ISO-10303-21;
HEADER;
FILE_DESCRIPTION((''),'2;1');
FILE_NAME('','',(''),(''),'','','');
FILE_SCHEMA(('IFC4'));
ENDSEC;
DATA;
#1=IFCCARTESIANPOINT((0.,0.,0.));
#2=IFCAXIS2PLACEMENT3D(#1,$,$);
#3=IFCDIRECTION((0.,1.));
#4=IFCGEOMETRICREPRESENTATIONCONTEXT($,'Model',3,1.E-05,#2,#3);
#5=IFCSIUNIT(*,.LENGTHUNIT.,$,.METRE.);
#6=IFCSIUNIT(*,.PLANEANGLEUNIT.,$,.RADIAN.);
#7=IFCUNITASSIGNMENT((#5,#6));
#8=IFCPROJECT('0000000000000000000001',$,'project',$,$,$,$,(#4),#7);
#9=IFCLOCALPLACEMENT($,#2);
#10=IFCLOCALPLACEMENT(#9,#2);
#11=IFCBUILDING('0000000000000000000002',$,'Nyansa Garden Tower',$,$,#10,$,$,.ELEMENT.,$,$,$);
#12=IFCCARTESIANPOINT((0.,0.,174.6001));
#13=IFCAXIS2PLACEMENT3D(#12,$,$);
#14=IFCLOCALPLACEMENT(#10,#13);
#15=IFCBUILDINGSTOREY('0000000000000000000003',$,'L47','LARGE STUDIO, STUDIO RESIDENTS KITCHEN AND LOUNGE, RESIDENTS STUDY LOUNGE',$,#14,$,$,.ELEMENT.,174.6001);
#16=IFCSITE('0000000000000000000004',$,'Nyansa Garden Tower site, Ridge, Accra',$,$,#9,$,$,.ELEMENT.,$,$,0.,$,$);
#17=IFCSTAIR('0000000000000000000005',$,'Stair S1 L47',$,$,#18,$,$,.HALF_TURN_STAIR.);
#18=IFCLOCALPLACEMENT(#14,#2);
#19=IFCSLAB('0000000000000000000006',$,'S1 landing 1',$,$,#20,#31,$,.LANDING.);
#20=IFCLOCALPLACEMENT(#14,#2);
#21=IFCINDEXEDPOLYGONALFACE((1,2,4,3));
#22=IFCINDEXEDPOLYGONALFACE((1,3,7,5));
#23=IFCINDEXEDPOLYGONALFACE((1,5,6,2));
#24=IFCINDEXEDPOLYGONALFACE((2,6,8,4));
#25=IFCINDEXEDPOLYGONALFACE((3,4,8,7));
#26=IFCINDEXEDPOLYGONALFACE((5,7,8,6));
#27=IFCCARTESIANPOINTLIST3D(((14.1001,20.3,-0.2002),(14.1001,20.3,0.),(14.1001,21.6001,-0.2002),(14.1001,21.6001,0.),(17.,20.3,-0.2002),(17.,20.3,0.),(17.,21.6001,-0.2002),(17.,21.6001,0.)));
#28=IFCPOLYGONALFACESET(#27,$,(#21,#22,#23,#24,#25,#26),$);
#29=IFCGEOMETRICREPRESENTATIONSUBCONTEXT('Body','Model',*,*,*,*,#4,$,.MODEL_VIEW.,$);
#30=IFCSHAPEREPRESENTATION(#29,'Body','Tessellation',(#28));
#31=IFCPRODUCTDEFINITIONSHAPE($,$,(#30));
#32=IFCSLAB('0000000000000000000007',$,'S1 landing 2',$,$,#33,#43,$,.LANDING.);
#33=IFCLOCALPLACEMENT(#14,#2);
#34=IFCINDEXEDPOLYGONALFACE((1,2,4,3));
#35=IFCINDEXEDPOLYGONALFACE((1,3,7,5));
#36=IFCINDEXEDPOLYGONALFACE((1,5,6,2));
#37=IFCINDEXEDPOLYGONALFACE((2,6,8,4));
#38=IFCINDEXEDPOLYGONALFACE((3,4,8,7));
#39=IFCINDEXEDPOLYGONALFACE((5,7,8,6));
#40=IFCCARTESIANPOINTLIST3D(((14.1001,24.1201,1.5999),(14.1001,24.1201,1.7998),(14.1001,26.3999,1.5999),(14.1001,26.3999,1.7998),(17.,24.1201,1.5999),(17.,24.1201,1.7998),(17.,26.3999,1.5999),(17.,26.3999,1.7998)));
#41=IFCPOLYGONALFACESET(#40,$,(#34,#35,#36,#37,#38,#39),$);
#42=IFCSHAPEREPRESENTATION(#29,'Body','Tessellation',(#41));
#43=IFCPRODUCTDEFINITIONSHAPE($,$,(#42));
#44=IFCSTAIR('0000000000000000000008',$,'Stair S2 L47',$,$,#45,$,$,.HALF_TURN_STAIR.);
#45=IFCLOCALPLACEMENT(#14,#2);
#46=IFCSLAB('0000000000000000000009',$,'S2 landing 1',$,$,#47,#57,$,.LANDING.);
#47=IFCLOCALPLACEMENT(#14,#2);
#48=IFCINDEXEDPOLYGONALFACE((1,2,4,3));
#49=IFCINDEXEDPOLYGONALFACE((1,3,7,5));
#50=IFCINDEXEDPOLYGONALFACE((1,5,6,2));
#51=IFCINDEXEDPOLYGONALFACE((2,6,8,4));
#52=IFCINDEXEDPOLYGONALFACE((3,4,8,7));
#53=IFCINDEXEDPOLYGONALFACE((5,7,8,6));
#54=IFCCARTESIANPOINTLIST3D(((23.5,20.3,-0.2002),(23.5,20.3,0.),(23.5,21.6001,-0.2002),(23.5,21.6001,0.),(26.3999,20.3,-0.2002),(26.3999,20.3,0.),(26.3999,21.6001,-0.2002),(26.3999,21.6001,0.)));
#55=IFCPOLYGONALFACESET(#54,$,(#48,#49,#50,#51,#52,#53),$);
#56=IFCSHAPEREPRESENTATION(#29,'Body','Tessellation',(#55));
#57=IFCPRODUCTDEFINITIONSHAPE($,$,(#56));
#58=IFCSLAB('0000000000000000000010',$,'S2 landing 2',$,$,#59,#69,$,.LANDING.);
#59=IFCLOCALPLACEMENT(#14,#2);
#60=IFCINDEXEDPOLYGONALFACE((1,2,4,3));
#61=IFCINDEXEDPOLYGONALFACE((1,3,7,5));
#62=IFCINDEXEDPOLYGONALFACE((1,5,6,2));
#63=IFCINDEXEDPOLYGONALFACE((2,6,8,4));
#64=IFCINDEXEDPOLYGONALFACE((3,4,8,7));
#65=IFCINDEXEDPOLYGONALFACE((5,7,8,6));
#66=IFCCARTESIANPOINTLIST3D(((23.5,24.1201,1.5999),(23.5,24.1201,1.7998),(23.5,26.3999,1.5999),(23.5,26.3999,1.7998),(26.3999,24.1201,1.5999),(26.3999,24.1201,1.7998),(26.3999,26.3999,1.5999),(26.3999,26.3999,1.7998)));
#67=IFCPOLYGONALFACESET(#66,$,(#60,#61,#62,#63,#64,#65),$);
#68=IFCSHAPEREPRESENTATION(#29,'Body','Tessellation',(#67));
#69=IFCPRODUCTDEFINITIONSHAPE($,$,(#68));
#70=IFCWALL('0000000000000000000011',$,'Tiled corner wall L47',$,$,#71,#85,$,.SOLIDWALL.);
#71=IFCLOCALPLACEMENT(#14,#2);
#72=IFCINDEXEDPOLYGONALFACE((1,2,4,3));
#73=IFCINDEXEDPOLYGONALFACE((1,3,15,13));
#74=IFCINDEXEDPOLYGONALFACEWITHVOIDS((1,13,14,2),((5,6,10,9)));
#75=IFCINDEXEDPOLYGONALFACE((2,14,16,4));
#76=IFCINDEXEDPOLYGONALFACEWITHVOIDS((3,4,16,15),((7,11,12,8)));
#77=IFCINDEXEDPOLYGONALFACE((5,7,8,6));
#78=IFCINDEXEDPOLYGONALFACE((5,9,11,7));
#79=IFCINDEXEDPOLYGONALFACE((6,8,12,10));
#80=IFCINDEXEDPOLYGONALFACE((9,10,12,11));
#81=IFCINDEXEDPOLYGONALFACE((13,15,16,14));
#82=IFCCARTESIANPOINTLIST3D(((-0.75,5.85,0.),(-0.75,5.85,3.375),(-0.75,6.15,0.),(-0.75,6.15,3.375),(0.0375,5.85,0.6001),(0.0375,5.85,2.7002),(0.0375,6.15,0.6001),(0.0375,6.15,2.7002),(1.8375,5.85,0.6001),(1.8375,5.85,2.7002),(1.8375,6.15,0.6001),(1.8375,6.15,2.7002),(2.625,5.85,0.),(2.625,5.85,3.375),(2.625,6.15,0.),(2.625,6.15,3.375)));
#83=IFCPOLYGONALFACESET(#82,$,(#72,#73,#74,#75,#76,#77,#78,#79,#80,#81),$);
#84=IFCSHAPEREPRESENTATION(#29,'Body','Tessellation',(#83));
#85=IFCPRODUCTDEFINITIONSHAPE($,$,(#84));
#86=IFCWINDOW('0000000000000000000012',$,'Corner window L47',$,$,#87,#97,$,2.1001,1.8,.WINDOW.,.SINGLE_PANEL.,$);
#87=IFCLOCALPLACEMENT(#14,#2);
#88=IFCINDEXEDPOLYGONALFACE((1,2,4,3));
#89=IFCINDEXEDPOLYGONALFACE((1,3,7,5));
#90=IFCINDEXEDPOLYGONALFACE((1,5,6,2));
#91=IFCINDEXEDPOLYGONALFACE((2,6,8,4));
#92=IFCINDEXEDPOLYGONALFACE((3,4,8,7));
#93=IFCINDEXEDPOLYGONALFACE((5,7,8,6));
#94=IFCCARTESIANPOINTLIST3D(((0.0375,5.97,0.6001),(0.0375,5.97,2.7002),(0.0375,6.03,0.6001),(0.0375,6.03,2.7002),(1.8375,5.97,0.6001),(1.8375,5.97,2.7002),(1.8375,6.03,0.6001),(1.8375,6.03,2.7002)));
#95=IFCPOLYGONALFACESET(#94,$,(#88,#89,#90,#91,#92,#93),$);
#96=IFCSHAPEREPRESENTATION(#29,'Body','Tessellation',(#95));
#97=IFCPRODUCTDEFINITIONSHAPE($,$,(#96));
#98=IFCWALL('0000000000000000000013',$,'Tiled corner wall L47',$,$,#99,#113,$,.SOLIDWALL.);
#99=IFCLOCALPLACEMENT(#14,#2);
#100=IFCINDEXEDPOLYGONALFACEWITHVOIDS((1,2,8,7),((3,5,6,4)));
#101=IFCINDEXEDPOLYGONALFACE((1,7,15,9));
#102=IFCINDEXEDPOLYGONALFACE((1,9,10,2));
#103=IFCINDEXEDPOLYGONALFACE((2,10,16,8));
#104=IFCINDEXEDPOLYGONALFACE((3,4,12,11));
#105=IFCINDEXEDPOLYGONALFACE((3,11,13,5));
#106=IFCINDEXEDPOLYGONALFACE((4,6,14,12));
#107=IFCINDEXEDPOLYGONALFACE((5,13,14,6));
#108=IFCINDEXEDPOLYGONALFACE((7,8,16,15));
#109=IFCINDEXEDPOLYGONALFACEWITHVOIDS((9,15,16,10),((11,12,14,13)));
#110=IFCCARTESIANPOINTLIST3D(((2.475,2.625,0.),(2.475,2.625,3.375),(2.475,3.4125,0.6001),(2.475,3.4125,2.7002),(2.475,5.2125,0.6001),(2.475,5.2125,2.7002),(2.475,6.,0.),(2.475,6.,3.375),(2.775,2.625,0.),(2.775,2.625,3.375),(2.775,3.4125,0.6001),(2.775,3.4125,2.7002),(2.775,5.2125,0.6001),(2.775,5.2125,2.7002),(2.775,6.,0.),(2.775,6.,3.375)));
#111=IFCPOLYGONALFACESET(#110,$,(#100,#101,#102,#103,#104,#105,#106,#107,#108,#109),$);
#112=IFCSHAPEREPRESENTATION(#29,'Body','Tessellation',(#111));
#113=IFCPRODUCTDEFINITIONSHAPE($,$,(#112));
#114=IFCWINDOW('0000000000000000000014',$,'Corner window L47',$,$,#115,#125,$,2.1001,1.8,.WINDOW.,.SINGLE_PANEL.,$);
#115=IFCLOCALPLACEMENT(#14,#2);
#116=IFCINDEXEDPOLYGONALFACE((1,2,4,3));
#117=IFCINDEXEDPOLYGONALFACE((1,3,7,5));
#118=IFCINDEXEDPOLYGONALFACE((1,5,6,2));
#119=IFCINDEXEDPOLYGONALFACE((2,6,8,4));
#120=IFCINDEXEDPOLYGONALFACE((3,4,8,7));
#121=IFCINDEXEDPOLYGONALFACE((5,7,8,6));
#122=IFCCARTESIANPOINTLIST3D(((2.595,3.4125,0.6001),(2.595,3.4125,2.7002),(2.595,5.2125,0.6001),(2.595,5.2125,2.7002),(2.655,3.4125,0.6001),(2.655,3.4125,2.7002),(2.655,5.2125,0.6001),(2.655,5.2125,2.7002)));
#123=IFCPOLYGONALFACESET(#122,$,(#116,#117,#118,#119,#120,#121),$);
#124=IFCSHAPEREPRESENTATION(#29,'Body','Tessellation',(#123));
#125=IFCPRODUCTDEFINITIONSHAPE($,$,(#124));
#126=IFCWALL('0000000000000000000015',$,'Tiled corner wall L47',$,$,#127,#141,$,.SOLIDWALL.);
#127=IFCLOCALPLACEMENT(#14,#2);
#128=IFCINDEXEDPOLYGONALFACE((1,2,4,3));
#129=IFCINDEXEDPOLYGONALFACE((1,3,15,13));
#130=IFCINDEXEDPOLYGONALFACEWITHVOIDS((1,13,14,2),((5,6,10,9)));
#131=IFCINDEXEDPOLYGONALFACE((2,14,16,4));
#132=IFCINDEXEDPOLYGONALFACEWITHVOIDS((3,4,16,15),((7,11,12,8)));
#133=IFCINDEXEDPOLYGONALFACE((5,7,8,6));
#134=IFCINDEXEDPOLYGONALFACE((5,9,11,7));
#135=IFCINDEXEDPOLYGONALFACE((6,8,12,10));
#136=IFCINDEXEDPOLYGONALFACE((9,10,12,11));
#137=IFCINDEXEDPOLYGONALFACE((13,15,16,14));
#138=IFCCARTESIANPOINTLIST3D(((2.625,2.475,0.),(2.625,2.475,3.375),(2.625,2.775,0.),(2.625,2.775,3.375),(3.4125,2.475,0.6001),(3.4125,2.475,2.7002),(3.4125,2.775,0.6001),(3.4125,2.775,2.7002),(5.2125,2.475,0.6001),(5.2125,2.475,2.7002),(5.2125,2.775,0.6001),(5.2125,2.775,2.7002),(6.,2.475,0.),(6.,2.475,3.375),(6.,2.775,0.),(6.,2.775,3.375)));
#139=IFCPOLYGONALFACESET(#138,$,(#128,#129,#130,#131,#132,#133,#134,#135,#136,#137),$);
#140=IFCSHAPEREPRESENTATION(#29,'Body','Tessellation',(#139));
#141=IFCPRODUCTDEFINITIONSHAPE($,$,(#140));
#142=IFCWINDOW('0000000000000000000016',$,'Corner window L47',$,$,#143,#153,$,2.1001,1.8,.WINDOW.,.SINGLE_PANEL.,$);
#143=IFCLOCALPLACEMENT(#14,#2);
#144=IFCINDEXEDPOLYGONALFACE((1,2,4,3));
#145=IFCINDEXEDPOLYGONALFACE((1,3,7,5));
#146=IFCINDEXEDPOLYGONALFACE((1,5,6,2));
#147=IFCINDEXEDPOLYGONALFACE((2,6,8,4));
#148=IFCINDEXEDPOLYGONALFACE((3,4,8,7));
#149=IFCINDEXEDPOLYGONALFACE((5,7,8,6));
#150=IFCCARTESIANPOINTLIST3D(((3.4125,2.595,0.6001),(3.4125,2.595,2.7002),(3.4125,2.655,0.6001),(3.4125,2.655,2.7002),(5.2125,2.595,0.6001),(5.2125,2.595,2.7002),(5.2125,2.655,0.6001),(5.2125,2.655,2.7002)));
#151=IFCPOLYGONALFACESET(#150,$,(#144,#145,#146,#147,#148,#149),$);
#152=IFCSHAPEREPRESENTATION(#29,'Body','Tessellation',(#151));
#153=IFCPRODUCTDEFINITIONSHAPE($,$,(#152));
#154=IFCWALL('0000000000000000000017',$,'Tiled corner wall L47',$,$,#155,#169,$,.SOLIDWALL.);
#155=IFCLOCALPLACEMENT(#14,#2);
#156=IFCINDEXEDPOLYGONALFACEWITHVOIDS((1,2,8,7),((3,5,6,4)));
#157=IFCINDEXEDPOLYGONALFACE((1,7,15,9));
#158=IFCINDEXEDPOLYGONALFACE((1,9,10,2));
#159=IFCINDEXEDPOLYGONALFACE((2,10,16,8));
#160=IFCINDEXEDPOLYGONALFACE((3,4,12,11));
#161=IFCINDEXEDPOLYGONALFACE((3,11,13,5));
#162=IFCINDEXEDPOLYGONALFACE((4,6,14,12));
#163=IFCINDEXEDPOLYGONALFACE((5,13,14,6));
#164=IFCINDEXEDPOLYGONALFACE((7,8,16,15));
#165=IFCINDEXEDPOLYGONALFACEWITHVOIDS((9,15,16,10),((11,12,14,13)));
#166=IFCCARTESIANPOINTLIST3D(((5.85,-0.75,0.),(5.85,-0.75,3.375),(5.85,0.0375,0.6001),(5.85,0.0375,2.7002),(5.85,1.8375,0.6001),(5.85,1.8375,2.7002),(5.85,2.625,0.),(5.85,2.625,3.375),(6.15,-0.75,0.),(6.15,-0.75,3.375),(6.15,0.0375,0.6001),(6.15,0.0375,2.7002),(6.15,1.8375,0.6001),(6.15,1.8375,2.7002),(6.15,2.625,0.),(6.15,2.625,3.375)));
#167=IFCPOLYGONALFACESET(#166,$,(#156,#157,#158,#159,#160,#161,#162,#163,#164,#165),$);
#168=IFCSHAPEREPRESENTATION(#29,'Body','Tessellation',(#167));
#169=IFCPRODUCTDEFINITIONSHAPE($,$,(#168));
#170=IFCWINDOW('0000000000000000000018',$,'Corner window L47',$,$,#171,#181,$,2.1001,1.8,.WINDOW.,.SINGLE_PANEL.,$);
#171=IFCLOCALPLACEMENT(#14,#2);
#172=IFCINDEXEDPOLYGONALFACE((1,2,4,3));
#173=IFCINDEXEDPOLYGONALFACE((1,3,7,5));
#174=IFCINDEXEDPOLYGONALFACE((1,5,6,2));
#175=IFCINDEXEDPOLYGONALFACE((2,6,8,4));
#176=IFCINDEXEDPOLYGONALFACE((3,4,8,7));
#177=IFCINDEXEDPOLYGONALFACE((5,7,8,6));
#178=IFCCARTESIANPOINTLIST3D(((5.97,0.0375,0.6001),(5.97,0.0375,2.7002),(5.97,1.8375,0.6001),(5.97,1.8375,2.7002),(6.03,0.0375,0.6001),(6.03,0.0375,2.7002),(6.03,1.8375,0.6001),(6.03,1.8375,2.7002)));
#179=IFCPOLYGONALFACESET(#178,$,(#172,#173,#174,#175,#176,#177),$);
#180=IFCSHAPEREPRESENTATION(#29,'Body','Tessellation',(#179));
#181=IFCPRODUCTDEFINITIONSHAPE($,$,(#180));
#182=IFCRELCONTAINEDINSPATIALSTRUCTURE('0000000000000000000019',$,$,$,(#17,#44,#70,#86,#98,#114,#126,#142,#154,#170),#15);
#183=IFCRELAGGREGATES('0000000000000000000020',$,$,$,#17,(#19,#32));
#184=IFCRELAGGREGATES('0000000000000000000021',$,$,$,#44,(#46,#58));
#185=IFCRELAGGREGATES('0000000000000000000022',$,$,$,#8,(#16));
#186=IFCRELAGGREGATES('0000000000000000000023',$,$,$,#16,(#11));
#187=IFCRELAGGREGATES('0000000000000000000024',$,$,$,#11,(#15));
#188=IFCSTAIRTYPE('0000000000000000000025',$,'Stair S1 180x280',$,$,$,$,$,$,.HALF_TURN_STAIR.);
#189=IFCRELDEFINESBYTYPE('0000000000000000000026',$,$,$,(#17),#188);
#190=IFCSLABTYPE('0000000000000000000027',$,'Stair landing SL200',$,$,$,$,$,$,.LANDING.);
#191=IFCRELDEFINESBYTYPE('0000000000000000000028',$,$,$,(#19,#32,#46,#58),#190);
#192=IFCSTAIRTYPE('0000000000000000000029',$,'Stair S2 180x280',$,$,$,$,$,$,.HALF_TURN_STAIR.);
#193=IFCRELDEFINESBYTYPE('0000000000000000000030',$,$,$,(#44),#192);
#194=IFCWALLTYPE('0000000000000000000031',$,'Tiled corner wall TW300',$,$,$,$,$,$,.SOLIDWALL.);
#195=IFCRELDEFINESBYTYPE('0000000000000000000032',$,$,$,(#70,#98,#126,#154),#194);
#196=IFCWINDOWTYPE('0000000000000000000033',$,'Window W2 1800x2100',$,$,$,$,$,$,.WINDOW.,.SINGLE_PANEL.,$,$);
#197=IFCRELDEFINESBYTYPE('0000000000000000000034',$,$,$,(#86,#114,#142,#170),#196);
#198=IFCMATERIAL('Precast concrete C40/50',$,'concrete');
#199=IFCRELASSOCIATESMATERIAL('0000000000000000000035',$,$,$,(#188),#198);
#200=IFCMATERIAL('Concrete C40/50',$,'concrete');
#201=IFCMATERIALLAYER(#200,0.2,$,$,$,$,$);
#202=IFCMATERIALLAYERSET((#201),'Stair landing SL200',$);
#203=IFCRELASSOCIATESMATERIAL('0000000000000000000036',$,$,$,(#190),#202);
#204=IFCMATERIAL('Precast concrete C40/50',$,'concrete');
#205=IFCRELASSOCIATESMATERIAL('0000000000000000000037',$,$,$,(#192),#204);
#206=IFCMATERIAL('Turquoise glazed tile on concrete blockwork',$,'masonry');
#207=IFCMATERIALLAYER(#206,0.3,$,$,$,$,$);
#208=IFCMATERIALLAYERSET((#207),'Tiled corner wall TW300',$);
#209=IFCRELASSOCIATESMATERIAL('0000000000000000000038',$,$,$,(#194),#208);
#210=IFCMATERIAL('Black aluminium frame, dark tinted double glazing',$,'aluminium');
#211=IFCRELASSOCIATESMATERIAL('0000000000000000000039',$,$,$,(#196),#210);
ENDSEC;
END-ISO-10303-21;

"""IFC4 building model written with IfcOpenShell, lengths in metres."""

from ifc_helpers import new_model, si_unit, direction, frame, frame_2d, origin, place, context, subcontext, project, spatial, polyline, rectangle, outline, extrude, material, layer, layer_set, type_object, element, fill, aggregate, save


model = new_model("IFC4")

# Units and contexts
model_context = context("Model", 3, precision=1e-05, world=origin(), true_north=direction((0.0, 1.0)))
body_context = subcontext(model_context, "Body", "Model", "MODEL_VIEW")
ifc_project = project(units=[si_unit("LENGTHUNIT", "METRE"), si_unit("PLANEANGLEUNIT", "RADIAN")], contexts=[model_context])

# Site, building, storey
site_placement = place(None, origin())
site = spatial("IfcSite", under=ifc_project, at=site_placement, Name="Nyansa Garden Tower site, Ridge, Accra", CompositionType="ELEMENT", RefElevation=0.0)
building_placement = place(site_placement, origin())
building = spatial("IfcBuilding", under=site, at=building_placement, Name="Nyansa Garden Tower", CompositionType="ELEMENT")
storey_placement = place(building_placement, frame((0.0, 0.0, 174.6001)))
storey = spatial("IfcBuildingStorey", under=building, at=storey_placement, Name="L47", Description="LARGE STUDIO, STUDIO RESIDENTS KITCHEN AND LOUNGE, RESIDENTS STUDY LOUNGE", CompositionType="ELEMENT", Elevation=174.6001)

# Stairs, slabs
ifc_material_1 = material(Name="Precast concrete C40/50", Category="concrete")
stair_type_1 = type_object("IfcStairType", Name="Stair S1 180x280", PredefinedType="HALF_TURN_STAIR", material=ifc_material_1)
stair_1_placement = place(storey_placement, origin())
stair_1 = element("IfcStair", 1, at=stair_1_placement, inside=storey, type_object=stair_type_1, Name="Stair S1 L47", PredefinedType="HALF_TURN_STAIR")
ifc_material_2 = material(Name="Concrete C40/50", Category="concrete")
ifc_layer_1 = layer(ifc_material_2, 0.2)
ifc_layer_set_1 = layer_set([ifc_layer_1], Name="Stair landing SL200")
slab_type_1 = type_object("IfcSlabType", Name="Stair landing SL200", PredefinedType="LANDING", material=ifc_layer_set_1)
slab_1_placement = place(storey_placement, frame((0.0, 0.0, -0.2002)))
slab_1 = element("IfcSlab", 2, at=slab_1_placement, type_object=slab_type_1, Name="S1 landing 1", PredefinedType="LANDING", context=body_context, shape_type="SweptSolid", body=[
    extrude(outline(polyline([(14.1001, 20.3), (17.0, 20.3), (17.0, 21.6001), (14.1001, 21.6001), (14.1001, 20.3)])), origin(), (0.0, 0.0, 1.0), 0.2002),
])
slab_2_placement = place(storey_placement, frame((0.0, 0.0, 1.5999)))
slab_2 = element("IfcSlab", 3, at=slab_2_placement, type_object=slab_type_1, Name="S1 landing 2", PredefinedType="LANDING", context=body_context, shape_type="SweptSolid", body=[
    extrude(outline(polyline([(14.1001, 24.1201), (17.0, 24.1201), (17.0, 26.3999), (14.1001, 26.3999), (14.1001, 24.1201)])), origin(), (0.0, 0.0, 1.0), 0.2),
])
aggregate(stair_1, [slab_1, slab_2])
ifc_material_3 = material(Name="Precast concrete C40/50", Category="concrete")
stair_type_2 = type_object("IfcStairType", Name="Stair S2 180x280", PredefinedType="HALF_TURN_STAIR", material=ifc_material_3)
stair_2_placement = place(storey_placement, origin())
stair_2 = element("IfcStair", 4, at=stair_2_placement, inside=storey, type_object=stair_type_2, Name="Stair S2 L47", PredefinedType="HALF_TURN_STAIR")
slab_3_placement = place(storey_placement, frame((0.0, 0.0, -0.2002)))
slab_3 = element("IfcSlab", 5, at=slab_3_placement, type_object=slab_type_1, Name="S2 landing 1", PredefinedType="LANDING", context=body_context, shape_type="SweptSolid", body=[
    extrude(outline(polyline([(23.5, 20.3), (26.3999, 20.3), (26.3999, 21.6001), (23.5, 21.6001), (23.5, 20.3)])), origin(), (0.0, 0.0, 1.0), 0.2002),
])
slab_4_placement = place(storey_placement, frame((0.0, 0.0, 1.5999)))
slab_4 = element("IfcSlab", 6, at=slab_4_placement, type_object=slab_type_1, Name="S2 landing 2", PredefinedType="LANDING", context=body_context, shape_type="SweptSolid", body=[
    extrude(outline(polyline([(23.5, 24.1201), (26.3999, 24.1201), (26.3999, 26.3999), (23.5, 26.3999), (23.5, 24.1201)])), origin(), (0.0, 0.0, 1.0), 0.2),
])
aggregate(stair_2, [slab_3, slab_4])

# Walls, openings, windows
ifc_material_4 = material(Name="Turquoise glazed tile on concrete blockwork", Category="masonry")
ifc_layer_2 = layer(ifc_material_4, 0.3)
ifc_layer_set_2 = layer_set([ifc_layer_2], Name="Tiled corner wall TW300")
wall_type = type_object("IfcWallType", Name="Tiled corner wall TW300", PredefinedType="SOLIDWALL", material=ifc_layer_set_2)
wall_1_placement = place(storey_placement, frame((-0.75, 6.0, 0.0), z_axis=(0.0, 0.0, 1.0), x_axis=(1.0, 0.0, 0.0)))
wall_1 = element("IfcWall", 7, at=wall_1_placement, inside=storey, type_object=wall_type, Name="Tiled corner wall L47", PredefinedType="SOLIDWALL", context=body_context, shape_type="SweptSolid", body=[
    extrude(rectangle(XDim=3.375, YDim=0.3, at=frame_2d((1.6875, 0.0))), origin(), (0.0, 0.0, 1.0), 3.375),
])
opening_1_placement = place(wall_1_placement, frame((0.7876, 0.0, 0.6001)))
opening_1 = element("IfcOpeningElement", 8, at=opening_1_placement, cuts=wall_1, PredefinedType="OPENING", context=body_context, shape_type="SweptSolid", body=[
    extrude(rectangle(XDim=1.8, YDim=2.1001, at=frame_2d((0.8999, 1.05))), frame((0.0, 0.1599, 0.0), z_axis=(0.0, -1.0, 0.0), x_axis=(1.0, 0.0, 0.0)), (0.0, 0.0, 1.0), 0.3201),
])
ifc_material_5 = material(Name="Black aluminium frame, dark tinted double glazing", Category="aluminium")
window_type = type_object("IfcWindowType", Name="Window W2 1800x2100", PartitioningType="SINGLE_PANEL", PredefinedType="WINDOW", material=ifc_material_5)
window_1_placement = place(opening_1_placement, origin())
window_1 = element("IfcWindow", 9, at=window_1_placement, inside=storey, type_object=window_type, Name="Corner window L47", OverallHeight=2.1001, OverallWidth=1.8, PartitioningType="SINGLE_PANEL", PredefinedType="WINDOW", context=body_context, shape_type="SweptSolid", body=[
    extrude(rectangle(XDim=1.8, YDim=2.1001, at=frame_2d((0.8999, 1.05))), frame((0.0, 0.03, 0.0), z_axis=(0.0, -1.0, 0.0), x_axis=(1.0, 0.0, 0.0)), (0.0, 0.0, 1.0), 0.0601),
])
fill(opening_1, window_1)
wall_2_placement = place(storey_placement, frame((2.625, 6.0, 0.0), z_axis=(0.0, 0.0, 1.0), x_axis=(0.0, -1.0, 0.0)))
wall_2 = element("IfcWall", 10, at=wall_2_placement, inside=storey, type_object=wall_type, Name="Tiled corner wall L47", PredefinedType="SOLIDWALL", context=body_context, shape_type="SweptSolid", body=[
    extrude(rectangle(XDim=3.375, YDim=0.3, at=frame_2d((1.6875, 0.0))), origin(), (0.0, 0.0, 1.0), 3.375),
])
opening_2_placement = place(wall_2_placement, frame((0.7876, 0.0, 0.6001)))
opening_2 = element("IfcOpeningElement", 11, at=opening_2_placement, cuts=wall_2, PredefinedType="OPENING", context=body_context, shape_type="SweptSolid", body=[
    extrude(rectangle(XDim=1.8, YDim=2.1001, at=frame_2d((0.8999, 1.05))), frame((0.0, 0.1599, 0.0), z_axis=(0.0, -1.0, 0.0), x_axis=(1.0, 0.0, 0.0)), (0.0, 0.0, 1.0), 0.3201),
])
window_2_placement = place(opening_2_placement, origin())
window_2 = element("IfcWindow", 12, at=window_2_placement, inside=storey, type_object=window_type, Name="Corner window L47", OverallHeight=2.1001, OverallWidth=1.8, PartitioningType="SINGLE_PANEL", PredefinedType="WINDOW", context=body_context, shape_type="SweptSolid", body=[
    extrude(rectangle(XDim=1.8, YDim=2.1001, at=frame_2d((0.8999, 1.05))), frame((0.0, 0.03, 0.0), z_axis=(0.0, -1.0, 0.0), x_axis=(1.0, 0.0, 0.0)), (0.0, 0.0, 1.0), 0.0601),
])
fill(opening_2, window_2)
wall_3_placement = place(storey_placement, frame((2.625, 2.625, 0.0), z_axis=(0.0, 0.0, 1.0), x_axis=(1.0, 0.0, 0.0)))
wall_3 = element("IfcWall", 13, at=wall_3_placement, inside=storey, type_object=wall_type, Name="Tiled corner wall L47", PredefinedType="SOLIDWALL", context=body_context, shape_type="SweptSolid", body=[
    extrude(rectangle(XDim=3.375, YDim=0.3, at=frame_2d((1.6875, 0.0))), origin(), (0.0, 0.0, 1.0), 3.375),
])
opening_3_placement = place(wall_3_placement, frame((0.7876, 0.0, 0.6001)))
opening_3 = element("IfcOpeningElement", 14, at=opening_3_placement, cuts=wall_3, PredefinedType="OPENING", context=body_context, shape_type="SweptSolid", body=[
    extrude(rectangle(XDim=1.8, YDim=2.1001, at=frame_2d((0.8999, 1.05))), frame((0.0, 0.1599, 0.0), z_axis=(0.0, -1.0, 0.0), x_axis=(1.0, 0.0, 0.0)), (0.0, 0.0, 1.0), 0.3201),
])
window_3_placement = place(opening_3_placement, origin())
window_3 = element("IfcWindow", 15, at=window_3_placement, inside=storey, type_object=window_type, Name="Corner window L47", OverallHeight=2.1001, OverallWidth=1.8, PartitioningType="SINGLE_PANEL", PredefinedType="WINDOW", context=body_context, shape_type="SweptSolid", body=[
    extrude(rectangle(XDim=1.8, YDim=2.1001, at=frame_2d((0.8999, 1.05))), frame((0.0, 0.03, 0.0), z_axis=(0.0, -1.0, 0.0), x_axis=(1.0, 0.0, 0.0)), (0.0, 0.0, 1.0), 0.0601),
])
fill(opening_3, window_3)
wall_4_placement = place(storey_placement, frame((6.0, 2.625, 0.0), z_axis=(0.0, 0.0, 1.0), x_axis=(0.0, -1.0, 0.0)))
wall_4 = element("IfcWall", 16, at=wall_4_placement, inside=storey, type_object=wall_type, Name="Tiled corner wall L47", PredefinedType="SOLIDWALL", context=body_context, shape_type="SweptSolid", body=[
    extrude(rectangle(XDim=3.375, YDim=0.3, at=frame_2d((1.6875, 0.0))), origin(), (0.0, 0.0, 1.0), 3.375),
])
opening_4_placement = place(wall_4_placement, frame((0.7876, 0.0, 0.6001)))
opening_4 = element("IfcOpeningElement", 17, at=opening_4_placement, cuts=wall_4, PredefinedType="OPENING", context=body_context, shape_type="SweptSolid", body=[
    extrude(rectangle(XDim=1.8, YDim=2.1001, at=frame_2d((0.8999, 1.05))), frame((0.0, 0.1599, 0.0), z_axis=(0.0, -1.0, 0.0), x_axis=(1.0, 0.0, 0.0)), (0.0, 0.0, 1.0), 0.3201),
])
window_4_placement = place(opening_4_placement, origin())
window_4 = element("IfcWindow", 18, at=window_4_placement, inside=storey, type_object=window_type, Name="Corner window L47", OverallHeight=2.1001, OverallWidth=1.8, PartitioningType="SINGLE_PANEL", PredefinedType="WINDOW", context=body_context, shape_type="SweptSolid", body=[
    extrude(rectangle(XDim=1.8, YDim=2.1001, at=frame_2d((0.8999, 1.05))), frame((0.0, 0.03, 0.0), z_axis=(0.0, -1.0, 0.0), x_axis=(1.0, 0.0, 0.0)), (0.0, 0.0, 1.0), 0.0601),
])
fill(opening_4, window_4)

save(model, "model.ifc")
